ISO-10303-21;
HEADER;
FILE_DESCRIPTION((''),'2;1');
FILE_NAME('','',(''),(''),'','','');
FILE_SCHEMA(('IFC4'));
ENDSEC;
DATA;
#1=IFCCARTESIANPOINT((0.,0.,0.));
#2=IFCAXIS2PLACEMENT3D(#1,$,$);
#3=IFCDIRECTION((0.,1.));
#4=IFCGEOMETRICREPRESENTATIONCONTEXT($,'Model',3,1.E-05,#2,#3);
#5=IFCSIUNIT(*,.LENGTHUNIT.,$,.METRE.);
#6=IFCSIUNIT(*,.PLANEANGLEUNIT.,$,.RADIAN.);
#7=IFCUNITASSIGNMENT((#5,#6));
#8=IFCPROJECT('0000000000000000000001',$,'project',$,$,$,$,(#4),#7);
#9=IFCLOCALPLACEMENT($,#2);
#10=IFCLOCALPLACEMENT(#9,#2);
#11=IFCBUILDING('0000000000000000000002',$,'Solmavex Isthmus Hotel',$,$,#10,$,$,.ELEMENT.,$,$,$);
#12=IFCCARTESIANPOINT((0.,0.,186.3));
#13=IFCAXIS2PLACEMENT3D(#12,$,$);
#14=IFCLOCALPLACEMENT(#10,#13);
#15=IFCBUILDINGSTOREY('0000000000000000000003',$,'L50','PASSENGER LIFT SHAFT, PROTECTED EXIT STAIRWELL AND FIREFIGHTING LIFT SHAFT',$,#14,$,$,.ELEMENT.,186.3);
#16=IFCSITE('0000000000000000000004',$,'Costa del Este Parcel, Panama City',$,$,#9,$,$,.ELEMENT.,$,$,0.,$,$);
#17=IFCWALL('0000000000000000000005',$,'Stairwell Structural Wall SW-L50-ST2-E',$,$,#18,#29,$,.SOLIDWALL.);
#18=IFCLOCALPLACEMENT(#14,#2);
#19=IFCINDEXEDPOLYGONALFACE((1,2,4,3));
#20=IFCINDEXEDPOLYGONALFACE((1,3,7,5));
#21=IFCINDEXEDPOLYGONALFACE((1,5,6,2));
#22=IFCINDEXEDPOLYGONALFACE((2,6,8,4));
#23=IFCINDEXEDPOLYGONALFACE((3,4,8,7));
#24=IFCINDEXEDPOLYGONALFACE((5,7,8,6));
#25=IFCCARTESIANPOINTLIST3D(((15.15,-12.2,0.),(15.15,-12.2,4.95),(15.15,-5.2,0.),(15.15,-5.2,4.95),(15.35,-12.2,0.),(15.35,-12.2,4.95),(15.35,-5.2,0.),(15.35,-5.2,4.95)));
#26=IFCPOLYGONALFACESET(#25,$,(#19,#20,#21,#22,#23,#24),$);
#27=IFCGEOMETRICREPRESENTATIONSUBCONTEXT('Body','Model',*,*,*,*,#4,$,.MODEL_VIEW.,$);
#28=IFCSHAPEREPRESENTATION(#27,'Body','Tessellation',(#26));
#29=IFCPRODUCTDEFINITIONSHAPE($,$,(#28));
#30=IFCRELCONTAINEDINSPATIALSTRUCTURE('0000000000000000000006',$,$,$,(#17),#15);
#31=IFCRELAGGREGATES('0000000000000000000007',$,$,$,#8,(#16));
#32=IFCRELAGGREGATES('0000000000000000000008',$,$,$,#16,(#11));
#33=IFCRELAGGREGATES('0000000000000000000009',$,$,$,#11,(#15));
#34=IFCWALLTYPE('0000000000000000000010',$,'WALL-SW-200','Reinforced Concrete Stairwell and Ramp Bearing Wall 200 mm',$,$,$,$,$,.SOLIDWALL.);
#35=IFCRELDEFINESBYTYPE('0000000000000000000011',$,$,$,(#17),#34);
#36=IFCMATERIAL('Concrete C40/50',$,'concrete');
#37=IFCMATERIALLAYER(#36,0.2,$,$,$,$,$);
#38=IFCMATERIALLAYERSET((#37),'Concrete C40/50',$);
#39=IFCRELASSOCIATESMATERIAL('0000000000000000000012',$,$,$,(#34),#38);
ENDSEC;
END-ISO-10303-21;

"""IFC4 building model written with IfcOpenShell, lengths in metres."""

from ifc_helpers import new_model, si_unit, direction, frame, frame_2d, origin, place, context, subcontext, project, spatial, rectangle, extrude, material, layer, layer_set, type_object, element, save


model = new_model("IFC4")

# Units and contexts
model_context = context("Model", 3, precision=1e-05, world=origin(), true_north=direction((0.0, 1.0)))
body_context = subcontext(model_context, "Body", "Model", "MODEL_VIEW")
ifc_project = project(units=[si_unit("LENGTHUNIT", "METRE"), si_unit("PLANEANGLEUNIT", "RADIAN")], contexts=[model_context])

# Site, building, storey
site_placement = place(None, origin())
site = spatial("IfcSite", under=ifc_project, at=site_placement, Name="Costa del Este Parcel, Panama City", CompositionType="ELEMENT", RefElevation=0.0)
building_placement = place(site_placement, origin())
building = spatial("IfcBuilding", under=site, at=building_placement, Name="Solmavex Isthmus Hotel", CompositionType="ELEMENT")
storey_placement = place(building_placement, frame((0.0, 0.0, 186.3)))
storey = spatial("IfcBuildingStorey", under=building, at=storey_placement, Name="L50", Description="PASSENGER LIFT SHAFT, PROTECTED EXIT STAIRWELL AND FIREFIGHTING LIFT SHAFT", CompositionType="ELEMENT", Elevation=186.3)

# Wall
ifc_material_1 = material(Name="Concrete C40/50", Category="concrete")
ifc_layer_1 = layer(ifc_material_1, 0.2)
ifc_layer_set_1 = layer_set([ifc_layer_1], Name="Concrete C40/50")
wall_type_1 = type_object("IfcWallType", Name="WALL-SW-200", Description="Reinforced Concrete Stairwell and Ramp Bearing Wall 200 mm", PredefinedType="SOLIDWALL", material=ifc_layer_set_1)
wall_1_placement = place(storey_placement, frame((15.25, -12.2, 0.0), z_axis=(0.0, 0.0, 1.0), x_axis=(0.0, 1.0, 0.0)))
element("IfcWall", 1, at=wall_1_placement, inside=storey, type_object=wall_type_1, Name="Stairwell Structural Wall SW-L50-ST2-E", PredefinedType="SOLIDWALL", context=body_context, shape_type="SweptSolid", body=[
    extrude(rectangle(XDim=7.0, YDim=0.2, at=frame_2d((3.5, 0.0))), origin(), (0.0, 0.0, 1.0), 4.95),
])

save(model, "model.ifc")
